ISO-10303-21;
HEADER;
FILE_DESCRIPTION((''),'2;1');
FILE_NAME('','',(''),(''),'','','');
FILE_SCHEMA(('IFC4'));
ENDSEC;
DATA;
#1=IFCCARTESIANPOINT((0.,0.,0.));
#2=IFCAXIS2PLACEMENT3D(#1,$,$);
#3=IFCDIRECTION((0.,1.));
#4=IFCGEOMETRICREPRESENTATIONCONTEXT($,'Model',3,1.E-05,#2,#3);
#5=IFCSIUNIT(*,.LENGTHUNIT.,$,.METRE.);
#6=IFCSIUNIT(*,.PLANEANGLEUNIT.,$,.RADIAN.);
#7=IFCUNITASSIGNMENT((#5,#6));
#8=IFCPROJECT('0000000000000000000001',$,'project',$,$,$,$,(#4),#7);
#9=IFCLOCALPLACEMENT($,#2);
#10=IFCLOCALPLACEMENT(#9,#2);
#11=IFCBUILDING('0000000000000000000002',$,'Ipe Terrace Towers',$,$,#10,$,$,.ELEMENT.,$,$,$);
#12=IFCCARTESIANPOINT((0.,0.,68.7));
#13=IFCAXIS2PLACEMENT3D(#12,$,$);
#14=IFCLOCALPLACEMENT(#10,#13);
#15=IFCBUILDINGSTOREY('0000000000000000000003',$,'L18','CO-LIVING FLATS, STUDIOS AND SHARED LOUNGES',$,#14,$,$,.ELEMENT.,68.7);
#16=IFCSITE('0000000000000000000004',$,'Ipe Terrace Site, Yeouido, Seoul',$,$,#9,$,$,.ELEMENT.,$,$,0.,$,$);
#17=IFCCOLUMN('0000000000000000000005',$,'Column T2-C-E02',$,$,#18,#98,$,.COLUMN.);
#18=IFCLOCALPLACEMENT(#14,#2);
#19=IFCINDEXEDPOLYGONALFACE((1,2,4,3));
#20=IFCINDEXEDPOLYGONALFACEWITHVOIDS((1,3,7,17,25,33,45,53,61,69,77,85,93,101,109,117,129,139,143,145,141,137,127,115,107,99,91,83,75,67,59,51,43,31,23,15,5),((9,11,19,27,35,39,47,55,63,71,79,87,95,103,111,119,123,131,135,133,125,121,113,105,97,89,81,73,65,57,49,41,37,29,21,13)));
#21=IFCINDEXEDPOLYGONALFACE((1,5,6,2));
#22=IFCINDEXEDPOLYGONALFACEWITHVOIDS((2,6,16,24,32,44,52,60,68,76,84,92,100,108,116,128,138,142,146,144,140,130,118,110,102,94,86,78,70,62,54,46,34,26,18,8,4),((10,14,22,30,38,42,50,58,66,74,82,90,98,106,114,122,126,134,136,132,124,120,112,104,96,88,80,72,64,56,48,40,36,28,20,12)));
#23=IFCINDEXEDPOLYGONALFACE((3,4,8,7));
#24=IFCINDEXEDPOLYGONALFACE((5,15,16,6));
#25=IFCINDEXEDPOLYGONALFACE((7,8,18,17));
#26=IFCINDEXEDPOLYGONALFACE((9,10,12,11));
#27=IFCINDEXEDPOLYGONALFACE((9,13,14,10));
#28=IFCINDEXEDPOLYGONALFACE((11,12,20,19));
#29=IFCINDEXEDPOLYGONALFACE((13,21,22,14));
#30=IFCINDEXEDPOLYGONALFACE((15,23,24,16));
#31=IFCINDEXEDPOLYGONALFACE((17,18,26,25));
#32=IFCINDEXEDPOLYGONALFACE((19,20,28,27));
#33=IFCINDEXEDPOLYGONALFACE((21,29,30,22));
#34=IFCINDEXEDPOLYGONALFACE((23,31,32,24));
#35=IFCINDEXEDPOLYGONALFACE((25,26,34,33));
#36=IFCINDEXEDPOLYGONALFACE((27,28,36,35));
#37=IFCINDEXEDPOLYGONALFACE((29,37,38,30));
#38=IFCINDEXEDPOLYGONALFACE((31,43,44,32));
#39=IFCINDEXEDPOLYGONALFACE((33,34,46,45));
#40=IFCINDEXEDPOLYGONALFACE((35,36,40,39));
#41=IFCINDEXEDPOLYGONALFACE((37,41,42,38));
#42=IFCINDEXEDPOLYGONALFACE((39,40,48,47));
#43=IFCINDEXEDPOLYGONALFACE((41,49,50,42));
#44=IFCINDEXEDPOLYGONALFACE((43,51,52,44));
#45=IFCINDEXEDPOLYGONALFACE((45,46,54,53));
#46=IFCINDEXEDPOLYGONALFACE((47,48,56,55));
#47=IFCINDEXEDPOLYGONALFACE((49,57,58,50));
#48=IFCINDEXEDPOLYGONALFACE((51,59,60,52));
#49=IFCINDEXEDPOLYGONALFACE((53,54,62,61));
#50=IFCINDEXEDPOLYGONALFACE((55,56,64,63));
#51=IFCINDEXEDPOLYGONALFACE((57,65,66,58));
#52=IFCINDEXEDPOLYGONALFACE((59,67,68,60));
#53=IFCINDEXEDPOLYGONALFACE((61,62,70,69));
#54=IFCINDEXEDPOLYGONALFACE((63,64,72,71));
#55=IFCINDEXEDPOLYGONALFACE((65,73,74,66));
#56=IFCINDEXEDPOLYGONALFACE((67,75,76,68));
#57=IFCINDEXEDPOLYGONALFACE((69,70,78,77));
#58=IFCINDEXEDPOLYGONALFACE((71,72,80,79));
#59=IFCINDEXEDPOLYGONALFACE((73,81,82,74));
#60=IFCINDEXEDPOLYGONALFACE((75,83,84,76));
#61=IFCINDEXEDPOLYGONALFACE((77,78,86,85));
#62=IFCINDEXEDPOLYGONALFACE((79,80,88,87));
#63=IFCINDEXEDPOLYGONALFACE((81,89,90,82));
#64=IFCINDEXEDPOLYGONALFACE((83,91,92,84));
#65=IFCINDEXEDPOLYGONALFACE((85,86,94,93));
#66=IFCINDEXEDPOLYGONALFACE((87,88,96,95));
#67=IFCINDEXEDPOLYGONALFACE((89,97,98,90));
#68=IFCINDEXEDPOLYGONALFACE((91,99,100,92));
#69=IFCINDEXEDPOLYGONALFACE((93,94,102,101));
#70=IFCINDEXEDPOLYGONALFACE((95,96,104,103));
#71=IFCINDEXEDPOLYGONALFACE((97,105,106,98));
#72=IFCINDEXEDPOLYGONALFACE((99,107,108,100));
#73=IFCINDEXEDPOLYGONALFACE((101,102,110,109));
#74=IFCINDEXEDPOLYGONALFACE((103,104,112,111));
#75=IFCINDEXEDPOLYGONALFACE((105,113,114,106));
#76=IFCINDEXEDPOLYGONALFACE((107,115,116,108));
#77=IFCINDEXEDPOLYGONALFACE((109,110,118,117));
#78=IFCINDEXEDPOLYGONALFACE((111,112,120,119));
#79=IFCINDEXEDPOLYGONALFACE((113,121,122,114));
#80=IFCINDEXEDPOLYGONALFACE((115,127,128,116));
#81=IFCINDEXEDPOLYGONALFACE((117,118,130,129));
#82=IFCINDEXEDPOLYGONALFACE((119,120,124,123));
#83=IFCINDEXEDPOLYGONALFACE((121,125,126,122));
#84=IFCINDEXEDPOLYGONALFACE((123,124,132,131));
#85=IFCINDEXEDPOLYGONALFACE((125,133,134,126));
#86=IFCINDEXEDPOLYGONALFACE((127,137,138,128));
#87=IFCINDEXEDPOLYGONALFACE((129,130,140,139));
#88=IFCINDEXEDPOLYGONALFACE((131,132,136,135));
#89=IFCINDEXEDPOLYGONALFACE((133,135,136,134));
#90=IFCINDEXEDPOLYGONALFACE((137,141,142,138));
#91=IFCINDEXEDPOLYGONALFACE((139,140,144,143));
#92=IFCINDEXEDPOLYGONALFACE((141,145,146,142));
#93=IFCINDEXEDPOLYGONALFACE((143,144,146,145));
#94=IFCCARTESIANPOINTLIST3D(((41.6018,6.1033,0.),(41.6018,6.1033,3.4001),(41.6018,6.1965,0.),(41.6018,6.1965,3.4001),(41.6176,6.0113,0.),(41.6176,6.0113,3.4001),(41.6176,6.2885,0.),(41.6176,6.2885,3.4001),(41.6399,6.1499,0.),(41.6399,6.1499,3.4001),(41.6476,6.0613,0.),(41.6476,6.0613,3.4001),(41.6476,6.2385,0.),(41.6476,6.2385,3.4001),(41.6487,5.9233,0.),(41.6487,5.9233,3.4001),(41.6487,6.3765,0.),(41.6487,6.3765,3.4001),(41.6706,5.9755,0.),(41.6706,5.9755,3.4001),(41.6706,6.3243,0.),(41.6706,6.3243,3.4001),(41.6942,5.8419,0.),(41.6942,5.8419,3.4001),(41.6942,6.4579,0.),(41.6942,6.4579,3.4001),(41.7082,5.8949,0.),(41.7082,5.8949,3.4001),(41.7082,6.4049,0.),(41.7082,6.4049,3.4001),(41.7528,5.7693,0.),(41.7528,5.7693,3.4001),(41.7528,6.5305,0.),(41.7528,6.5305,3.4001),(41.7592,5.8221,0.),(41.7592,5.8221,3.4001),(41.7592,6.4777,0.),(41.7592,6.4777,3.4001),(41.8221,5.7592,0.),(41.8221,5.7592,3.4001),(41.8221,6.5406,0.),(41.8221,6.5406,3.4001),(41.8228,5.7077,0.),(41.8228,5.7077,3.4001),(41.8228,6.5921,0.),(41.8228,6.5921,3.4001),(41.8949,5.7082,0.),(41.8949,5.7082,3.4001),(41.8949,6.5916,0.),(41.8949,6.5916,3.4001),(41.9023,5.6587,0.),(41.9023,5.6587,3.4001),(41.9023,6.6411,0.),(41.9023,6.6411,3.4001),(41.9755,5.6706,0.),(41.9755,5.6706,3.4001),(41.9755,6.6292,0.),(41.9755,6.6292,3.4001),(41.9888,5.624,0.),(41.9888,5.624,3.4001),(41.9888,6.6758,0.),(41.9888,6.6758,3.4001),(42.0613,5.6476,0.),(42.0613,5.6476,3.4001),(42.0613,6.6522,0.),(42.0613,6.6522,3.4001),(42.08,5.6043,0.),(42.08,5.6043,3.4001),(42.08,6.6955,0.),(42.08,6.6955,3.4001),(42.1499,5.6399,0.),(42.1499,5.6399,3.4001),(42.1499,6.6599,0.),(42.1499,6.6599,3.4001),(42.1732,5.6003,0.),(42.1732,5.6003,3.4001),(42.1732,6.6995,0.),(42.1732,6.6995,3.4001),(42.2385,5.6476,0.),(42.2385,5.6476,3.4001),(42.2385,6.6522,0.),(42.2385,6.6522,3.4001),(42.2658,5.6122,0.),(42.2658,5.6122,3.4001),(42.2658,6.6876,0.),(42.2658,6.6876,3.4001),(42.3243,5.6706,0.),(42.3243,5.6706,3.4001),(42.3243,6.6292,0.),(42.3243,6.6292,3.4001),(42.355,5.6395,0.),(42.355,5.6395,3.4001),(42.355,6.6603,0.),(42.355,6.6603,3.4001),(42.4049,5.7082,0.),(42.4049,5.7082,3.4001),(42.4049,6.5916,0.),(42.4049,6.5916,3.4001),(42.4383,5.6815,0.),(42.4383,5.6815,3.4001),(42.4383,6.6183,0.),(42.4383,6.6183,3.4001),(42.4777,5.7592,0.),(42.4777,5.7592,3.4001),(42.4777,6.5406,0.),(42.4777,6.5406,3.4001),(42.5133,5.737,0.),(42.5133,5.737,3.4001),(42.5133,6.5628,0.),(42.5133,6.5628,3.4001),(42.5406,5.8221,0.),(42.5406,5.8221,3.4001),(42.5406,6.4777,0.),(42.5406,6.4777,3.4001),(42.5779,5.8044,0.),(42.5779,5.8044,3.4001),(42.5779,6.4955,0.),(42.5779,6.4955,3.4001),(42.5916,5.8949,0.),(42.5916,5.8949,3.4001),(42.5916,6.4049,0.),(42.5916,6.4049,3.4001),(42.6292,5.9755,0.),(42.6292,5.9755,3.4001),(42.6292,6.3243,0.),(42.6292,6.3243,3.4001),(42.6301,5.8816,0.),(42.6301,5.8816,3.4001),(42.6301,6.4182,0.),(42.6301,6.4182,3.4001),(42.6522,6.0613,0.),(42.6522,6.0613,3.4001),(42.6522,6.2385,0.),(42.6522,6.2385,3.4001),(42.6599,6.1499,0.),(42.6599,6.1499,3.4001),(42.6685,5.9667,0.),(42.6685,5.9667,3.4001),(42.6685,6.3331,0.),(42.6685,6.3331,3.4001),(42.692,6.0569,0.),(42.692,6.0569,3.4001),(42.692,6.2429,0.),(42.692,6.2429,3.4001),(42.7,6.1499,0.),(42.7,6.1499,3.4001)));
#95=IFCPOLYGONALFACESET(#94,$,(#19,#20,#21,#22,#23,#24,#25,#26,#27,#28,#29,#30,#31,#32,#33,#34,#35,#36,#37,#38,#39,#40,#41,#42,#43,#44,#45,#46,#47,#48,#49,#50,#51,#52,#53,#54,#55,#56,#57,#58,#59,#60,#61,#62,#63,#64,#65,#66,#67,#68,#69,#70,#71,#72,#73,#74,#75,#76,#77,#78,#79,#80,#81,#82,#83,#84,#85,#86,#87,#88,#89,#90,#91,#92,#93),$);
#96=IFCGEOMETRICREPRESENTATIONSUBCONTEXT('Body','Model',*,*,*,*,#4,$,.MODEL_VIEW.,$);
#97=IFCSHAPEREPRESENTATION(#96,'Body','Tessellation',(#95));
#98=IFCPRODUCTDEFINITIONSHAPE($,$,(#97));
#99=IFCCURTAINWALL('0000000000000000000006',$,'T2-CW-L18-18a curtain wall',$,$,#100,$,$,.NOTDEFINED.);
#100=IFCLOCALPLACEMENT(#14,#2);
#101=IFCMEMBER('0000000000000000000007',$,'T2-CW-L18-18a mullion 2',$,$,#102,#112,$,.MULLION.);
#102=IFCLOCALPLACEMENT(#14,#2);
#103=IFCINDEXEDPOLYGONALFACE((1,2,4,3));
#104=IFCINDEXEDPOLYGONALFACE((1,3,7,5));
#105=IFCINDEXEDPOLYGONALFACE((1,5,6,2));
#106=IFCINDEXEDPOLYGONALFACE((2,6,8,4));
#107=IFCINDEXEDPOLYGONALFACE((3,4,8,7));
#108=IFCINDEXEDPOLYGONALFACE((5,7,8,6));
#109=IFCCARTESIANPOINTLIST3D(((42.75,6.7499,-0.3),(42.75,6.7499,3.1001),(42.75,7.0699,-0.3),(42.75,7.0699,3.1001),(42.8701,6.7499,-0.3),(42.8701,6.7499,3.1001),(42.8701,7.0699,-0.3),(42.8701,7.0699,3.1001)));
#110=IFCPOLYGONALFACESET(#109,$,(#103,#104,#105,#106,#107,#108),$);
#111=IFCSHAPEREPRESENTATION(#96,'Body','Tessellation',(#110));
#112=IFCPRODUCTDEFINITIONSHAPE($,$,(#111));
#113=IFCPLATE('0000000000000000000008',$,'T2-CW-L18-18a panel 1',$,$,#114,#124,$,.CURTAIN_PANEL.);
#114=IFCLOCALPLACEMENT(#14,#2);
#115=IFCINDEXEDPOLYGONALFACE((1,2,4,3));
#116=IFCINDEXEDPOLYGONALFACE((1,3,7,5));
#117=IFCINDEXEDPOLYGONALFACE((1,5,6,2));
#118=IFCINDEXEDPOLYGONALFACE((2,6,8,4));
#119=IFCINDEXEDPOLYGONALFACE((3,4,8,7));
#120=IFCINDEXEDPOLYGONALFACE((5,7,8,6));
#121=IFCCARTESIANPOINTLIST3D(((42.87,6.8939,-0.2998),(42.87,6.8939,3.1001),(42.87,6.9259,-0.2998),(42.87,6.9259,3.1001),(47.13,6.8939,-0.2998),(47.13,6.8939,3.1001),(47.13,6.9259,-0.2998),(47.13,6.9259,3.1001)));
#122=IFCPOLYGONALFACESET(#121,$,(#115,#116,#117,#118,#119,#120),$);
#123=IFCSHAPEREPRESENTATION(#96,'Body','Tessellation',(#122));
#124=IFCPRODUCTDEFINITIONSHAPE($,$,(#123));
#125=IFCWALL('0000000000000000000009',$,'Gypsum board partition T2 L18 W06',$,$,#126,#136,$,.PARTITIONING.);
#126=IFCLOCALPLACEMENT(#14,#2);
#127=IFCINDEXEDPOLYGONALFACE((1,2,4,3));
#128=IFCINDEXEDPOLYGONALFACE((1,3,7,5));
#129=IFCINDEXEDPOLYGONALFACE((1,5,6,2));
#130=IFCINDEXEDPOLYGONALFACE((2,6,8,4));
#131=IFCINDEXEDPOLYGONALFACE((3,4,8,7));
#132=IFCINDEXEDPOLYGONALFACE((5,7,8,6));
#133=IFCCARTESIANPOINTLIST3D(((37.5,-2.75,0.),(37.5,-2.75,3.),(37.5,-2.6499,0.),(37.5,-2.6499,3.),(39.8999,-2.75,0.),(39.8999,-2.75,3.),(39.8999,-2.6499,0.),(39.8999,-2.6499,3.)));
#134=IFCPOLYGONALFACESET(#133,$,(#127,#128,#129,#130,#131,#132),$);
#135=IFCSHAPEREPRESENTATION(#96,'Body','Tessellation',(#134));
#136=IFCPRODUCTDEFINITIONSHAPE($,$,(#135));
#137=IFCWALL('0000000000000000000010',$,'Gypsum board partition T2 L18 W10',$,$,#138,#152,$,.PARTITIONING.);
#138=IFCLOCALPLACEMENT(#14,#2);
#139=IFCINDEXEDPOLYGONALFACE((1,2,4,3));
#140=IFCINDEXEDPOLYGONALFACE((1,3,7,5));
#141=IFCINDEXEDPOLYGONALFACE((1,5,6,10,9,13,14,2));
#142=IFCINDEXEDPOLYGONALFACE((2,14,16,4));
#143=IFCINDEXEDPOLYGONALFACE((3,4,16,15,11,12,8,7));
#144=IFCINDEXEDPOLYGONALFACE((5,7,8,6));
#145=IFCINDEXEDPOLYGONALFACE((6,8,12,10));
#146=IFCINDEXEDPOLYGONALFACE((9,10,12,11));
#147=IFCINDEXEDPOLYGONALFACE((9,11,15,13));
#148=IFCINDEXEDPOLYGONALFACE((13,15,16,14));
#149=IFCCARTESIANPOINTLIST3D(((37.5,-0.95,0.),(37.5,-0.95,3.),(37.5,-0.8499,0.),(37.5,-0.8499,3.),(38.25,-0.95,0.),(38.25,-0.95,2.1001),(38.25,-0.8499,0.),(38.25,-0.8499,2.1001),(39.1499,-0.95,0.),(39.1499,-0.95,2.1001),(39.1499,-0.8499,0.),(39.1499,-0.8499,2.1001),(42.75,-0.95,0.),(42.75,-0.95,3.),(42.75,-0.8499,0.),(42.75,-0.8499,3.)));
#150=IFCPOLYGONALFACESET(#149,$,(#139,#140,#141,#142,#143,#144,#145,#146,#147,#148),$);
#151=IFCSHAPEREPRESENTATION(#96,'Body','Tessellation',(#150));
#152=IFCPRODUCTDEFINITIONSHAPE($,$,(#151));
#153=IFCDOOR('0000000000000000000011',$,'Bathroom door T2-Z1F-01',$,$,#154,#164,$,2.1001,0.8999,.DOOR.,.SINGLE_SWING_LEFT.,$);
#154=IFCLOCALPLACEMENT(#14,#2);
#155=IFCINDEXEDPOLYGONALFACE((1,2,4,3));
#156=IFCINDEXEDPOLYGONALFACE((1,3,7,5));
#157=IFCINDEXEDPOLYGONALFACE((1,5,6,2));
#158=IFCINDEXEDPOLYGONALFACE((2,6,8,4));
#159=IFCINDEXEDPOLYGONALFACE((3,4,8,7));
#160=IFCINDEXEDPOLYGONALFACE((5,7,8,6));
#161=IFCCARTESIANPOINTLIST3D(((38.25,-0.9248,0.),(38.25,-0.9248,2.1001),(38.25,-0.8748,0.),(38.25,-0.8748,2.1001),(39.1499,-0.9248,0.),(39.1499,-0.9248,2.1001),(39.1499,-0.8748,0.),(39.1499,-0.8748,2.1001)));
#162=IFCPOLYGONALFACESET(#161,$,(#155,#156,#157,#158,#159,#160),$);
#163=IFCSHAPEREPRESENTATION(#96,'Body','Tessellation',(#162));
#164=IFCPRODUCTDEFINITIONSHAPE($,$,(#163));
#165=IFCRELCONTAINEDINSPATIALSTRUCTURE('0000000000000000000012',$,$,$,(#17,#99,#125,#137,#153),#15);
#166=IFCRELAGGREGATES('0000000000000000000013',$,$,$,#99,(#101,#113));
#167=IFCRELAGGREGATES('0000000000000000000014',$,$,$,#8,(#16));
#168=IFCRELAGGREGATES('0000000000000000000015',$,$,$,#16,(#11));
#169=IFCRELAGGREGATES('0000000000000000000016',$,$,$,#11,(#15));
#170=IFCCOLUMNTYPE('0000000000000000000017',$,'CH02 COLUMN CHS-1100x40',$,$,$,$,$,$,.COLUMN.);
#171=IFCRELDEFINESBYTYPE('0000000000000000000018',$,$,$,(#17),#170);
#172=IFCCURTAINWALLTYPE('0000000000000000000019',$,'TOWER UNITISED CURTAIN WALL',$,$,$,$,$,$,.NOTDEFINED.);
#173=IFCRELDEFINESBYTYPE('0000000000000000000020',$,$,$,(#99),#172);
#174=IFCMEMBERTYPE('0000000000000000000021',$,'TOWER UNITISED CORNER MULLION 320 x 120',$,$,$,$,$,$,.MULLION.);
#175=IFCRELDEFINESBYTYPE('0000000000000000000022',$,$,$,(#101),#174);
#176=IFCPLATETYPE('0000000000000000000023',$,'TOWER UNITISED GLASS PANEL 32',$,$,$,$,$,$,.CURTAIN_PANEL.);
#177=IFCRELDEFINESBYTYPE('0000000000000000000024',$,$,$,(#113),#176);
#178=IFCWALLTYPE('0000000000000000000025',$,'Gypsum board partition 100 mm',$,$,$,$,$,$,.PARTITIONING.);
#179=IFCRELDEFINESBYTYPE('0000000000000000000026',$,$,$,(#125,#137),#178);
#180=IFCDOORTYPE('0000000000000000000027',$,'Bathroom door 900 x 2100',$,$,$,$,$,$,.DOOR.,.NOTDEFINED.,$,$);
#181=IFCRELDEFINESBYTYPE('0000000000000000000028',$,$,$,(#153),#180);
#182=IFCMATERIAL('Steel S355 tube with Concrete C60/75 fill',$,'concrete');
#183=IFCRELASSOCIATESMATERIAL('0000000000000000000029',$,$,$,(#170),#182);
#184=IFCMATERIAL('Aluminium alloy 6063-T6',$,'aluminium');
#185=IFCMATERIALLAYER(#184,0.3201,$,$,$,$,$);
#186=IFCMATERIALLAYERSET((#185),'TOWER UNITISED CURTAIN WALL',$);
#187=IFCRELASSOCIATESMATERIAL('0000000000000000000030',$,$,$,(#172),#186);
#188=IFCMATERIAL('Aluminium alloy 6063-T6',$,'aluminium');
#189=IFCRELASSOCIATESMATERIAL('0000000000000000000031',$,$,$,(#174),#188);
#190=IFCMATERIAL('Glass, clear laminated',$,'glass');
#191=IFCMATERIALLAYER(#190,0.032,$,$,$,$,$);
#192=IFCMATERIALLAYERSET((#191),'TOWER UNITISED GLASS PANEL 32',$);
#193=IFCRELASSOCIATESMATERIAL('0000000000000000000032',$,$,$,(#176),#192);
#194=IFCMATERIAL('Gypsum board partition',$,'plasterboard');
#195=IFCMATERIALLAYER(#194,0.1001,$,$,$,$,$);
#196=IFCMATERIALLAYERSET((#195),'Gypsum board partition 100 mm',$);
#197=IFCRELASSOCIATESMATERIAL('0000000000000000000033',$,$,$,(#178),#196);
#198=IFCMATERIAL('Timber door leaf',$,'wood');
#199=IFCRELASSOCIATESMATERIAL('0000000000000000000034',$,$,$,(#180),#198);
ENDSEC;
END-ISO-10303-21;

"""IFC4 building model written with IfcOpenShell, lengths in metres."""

from ifc_helpers import new_model, si_unit, direction, frame, frame_2d, origin, origin_2d, place, context, subcontext, project, spatial, rectangle, hollow_circle, extrude, material, layer, layer_set, material_profile, profile_set, type_object, element, fill, aggregate, save


model = new_model("IFC4")

# Units and contexts
model_context = context("Model", 3, precision=1e-05, world=origin(), true_north=direction((0.0, 1.0)))
body_context = subcontext(model_context, "Body", "Model", "MODEL_VIEW")
ifc_project = project(units=[si_unit("LENGTHUNIT", "METRE"), si_unit("PLANEANGLEUNIT", "RADIAN")], contexts=[model_context])

# Site, building, storey
site_placement = place(None, origin())
site = spatial("IfcSite", under=ifc_project, at=site_placement, Name="Ipe Terrace Site, Yeouido, Seoul", CompositionType="ELEMENT", RefElevation=0.0)
building_placement = place(site_placement, origin())
building = spatial("IfcBuilding", under=site, at=building_placement, Name="Ipe Terrace Towers", CompositionType="ELEMENT")
storey_placement = place(building_placement, frame((0.0, 0.0, 68.7)))
storey = spatial("IfcBuildingStorey", under=building, at=storey_placement, Name="L18", Description="CO-LIVING FLATS, STUDIOS AND SHARED LOUNGES", CompositionType="ELEMENT", Elevation=68.7)

# Column
ifc_material_1 = material(Name="Steel S355 tube with Concrete C60/75 fill", Category="concrete")
ifc_material_profile_1 = material_profile(ifc_material_1, hollow_circle(Radius=0.55, WallThickness=0.04, at=origin_2d()), Name="CHS-1100x40")
ifc_profile_set_1 = profile_set([ifc_material_profile_1], Name="Steel S355 tube with Concrete C60/75 fill")
column_type = type_object("IfcColumnType", Name="CH02 COLUMN CHS-1100x40", PredefinedType="COLUMN", material=ifc_profile_set_1)
column_placement = place(storey_placement, frame((42.1499, 6.1499, 0.0), z_axis=(0.0, 0.0, 1.0), x_axis=(1.0, 0.0, 0.0)))
element("IfcColumn", 1, at=column_placement, inside=storey, type_object=column_type, Name="Column T2-C-E02", PredefinedType="COLUMN", context=body_context, shape_type="SweptSolid", body=[
    extrude(hollow_circle(Radius=0.55, WallThickness=0.04, at=origin_2d()), origin(), (0.0, 0.0, 1.0), 3.4001),
])

# Curtain wall, member, plate
ifc_material_2 = material(Name="Aluminium alloy 6063-T6", Category="aluminium")
ifc_layer_1 = layer(ifc_material_2, 0.3201)
ifc_layer_set_1 = layer_set([ifc_layer_1], Name="TOWER UNITISED CURTAIN WALL")
curtain_wall_type = type_object("IfcCurtainWallType", Name="TOWER UNITISED CURTAIN WALL", PredefinedType="NOTDEFINED", material=ifc_layer_set_1)
curtain_wall_placement = place(storey_placement, origin())
curtain_wall = element("IfcCurtainWall", 2, at=curtain_wall_placement, inside=storey, type_object=curtain_wall_type, Name="T2-CW-L18-18a curtain wall", PredefinedType="NOTDEFINED")
ifc_material_3 = material(Name="Aluminium alloy 6063-T6", Category="aluminium")
ifc_material_profile_2 = material_profile(ifc_material_3, rectangle(XDim=0.3201, YDim=0.1201, at=origin_2d()), Name="TOWER UNITISED CORNER MULLION 320 x 120")
ifc_profile_set_2 = profile_set([ifc_material_profile_2], Name="Aluminium alloy 6063-T6")
member_type = type_object("IfcMemberType", Name="TOWER UNITISED CORNER MULLION 320 x 120", PredefinedType="MULLION", material=ifc_profile_set_2)
member_placement = place(storey_placement, frame((42.8101, 6.9099, -0.3), z_axis=(0.0, 0.0, 1.0), x_axis=(0.0, 1.0, 0.0)))
member = element("IfcMember", 3, at=member_placement, type_object=member_type, Name="T2-CW-L18-18a mullion 2", PredefinedType="MULLION", context=body_context, shape_type="SweptSolid", body=[
    extrude(rectangle(XDim=0.3201, YDim=0.1201, at=origin_2d()), origin(), (0.0, 0.0, 1.0), 3.4001),
])
ifc_material_4 = material(Name="Glass, clear laminated", Category="glass")
ifc_layer_2 = layer(ifc_material_4, 0.032)
ifc_layer_set_2 = layer_set([ifc_layer_2], Name="TOWER UNITISED GLASS PANEL 32")
plate_type = type_object("IfcPlateType", Name="TOWER UNITISED GLASS PANEL 32", PredefinedType="CURTAIN_PANEL", material=ifc_layer_set_2)
plate_placement = place(storey_placement, frame((45.0, 6.9099, -0.2998), z_axis=(0.0, 0.0, 1.0), x_axis=(-1.0, 0.0, 0.0)))
plate = element("IfcPlate", 4, at=plate_placement, type_object=plate_type, Name="T2-CW-L18-18a panel 1", PredefinedType="CURTAIN_PANEL", context=body_context, shape_type="SweptSolid", body=[
    extrude(rectangle(XDim=4.26, YDim=0.032, at=origin_2d()), origin(), (0.0, 0.0, 1.0), 3.3999),
])
aggregate(curtain_wall, [member, plate])

# Wall
ifc_material_5 = material(Name="Gypsum board partition", Category="plasterboard")
ifc_layer_3 = layer(ifc_material_5, 0.1001)
ifc_layer_set_3 = layer_set([ifc_layer_3], Name="Gypsum board partition 100 mm")
wall_type = type_object("IfcWallType", Name="Gypsum board partition 100 mm", PredefinedType="PARTITIONING", material=ifc_layer_set_3)
wall_1_placement = place(storey_placement, frame((39.8999, -2.7, 0.0), z_axis=(0.0, 0.0, 1.0), x_axis=(-1.0, 0.0, 0.0)))
element("IfcWall", 5, at=wall_1_placement, inside=storey, type_object=wall_type, Name="Gypsum board partition T2 L18 W06", PredefinedType="PARTITIONING", context=body_context, shape_type="SweptSolid", body=[
    extrude(rectangle(XDim=2.3999, YDim=0.1001, at=frame_2d((1.2, 0.0))), origin(), (0.0, 0.0, 1.0), 3.0),
])

# Wall, opening, door
wall_2_placement = place(storey_placement, frame((42.75, -0.8999, 0.0), z_axis=(0.0, 0.0, 1.0), x_axis=(-1.0, 0.0, 0.0)))
wall_2 = element("IfcWall", 6, at=wall_2_placement, inside=storey, type_object=wall_type, Name="Gypsum board partition T2 L18 W10", PredefinedType="PARTITIONING", context=body_context, shape_type="SweptSolid", body=[
    extrude(rectangle(XDim=5.25, YDim=0.1001, at=frame_2d((2.625, 0.0))), origin(), (0.0, 0.0, 1.0), 3.0),
])
opening_1_placement = place(wall_2_placement, frame((3.6001, 0.0, 0.0)))
opening_1 = element("IfcOpeningElement", 7, at=opening_1_placement, cuts=wall_2, PredefinedType="OPENING", context=body_context, shape_type="SweptSolid", body=[
    extrude(rectangle(XDim=0.8999, YDim=2.1001, at=frame_2d((0.45, 1.05))), frame((0.0, 0.0601, 0.0), z_axis=(0.0, -1.0, 0.0), x_axis=(1.0, 0.0, 0.0)), (0.0, 0.0, 1.0), 0.1201),
])
ifc_material_6 = material(Name="Timber door leaf", Category="wood")
door_type_1 = type_object("IfcDoorType", Name="Bathroom door 900 x 2100", OperationType="NOTDEFINED", PredefinedType="DOOR", material=ifc_material_6)
door_1_placement = place(opening_1_placement, origin())
door_1 = element("IfcDoor", 8, at=door_1_placement, inside=storey, type_object=door_type_1, Name="Bathroom door T2-Z1F-01", OperationType="SINGLE_SWING_LEFT", OverallHeight=2.1001, OverallWidth=0.8999, PredefinedType="DOOR", context=body_context, shape_type="SweptSolid", body=[
    extrude(rectangle(XDim=0.8999, YDim=2.1001, at=frame_2d((0.45, 1.05))), frame((0.0, 0.0249, 0.0), z_axis=(0.0, -1.0, 0.0), x_axis=(1.0, 0.0, 0.0)), (0.0, 0.0, 1.0), 0.05),
])
fill(opening_1, door_1)

save(model, "model.ifc")
